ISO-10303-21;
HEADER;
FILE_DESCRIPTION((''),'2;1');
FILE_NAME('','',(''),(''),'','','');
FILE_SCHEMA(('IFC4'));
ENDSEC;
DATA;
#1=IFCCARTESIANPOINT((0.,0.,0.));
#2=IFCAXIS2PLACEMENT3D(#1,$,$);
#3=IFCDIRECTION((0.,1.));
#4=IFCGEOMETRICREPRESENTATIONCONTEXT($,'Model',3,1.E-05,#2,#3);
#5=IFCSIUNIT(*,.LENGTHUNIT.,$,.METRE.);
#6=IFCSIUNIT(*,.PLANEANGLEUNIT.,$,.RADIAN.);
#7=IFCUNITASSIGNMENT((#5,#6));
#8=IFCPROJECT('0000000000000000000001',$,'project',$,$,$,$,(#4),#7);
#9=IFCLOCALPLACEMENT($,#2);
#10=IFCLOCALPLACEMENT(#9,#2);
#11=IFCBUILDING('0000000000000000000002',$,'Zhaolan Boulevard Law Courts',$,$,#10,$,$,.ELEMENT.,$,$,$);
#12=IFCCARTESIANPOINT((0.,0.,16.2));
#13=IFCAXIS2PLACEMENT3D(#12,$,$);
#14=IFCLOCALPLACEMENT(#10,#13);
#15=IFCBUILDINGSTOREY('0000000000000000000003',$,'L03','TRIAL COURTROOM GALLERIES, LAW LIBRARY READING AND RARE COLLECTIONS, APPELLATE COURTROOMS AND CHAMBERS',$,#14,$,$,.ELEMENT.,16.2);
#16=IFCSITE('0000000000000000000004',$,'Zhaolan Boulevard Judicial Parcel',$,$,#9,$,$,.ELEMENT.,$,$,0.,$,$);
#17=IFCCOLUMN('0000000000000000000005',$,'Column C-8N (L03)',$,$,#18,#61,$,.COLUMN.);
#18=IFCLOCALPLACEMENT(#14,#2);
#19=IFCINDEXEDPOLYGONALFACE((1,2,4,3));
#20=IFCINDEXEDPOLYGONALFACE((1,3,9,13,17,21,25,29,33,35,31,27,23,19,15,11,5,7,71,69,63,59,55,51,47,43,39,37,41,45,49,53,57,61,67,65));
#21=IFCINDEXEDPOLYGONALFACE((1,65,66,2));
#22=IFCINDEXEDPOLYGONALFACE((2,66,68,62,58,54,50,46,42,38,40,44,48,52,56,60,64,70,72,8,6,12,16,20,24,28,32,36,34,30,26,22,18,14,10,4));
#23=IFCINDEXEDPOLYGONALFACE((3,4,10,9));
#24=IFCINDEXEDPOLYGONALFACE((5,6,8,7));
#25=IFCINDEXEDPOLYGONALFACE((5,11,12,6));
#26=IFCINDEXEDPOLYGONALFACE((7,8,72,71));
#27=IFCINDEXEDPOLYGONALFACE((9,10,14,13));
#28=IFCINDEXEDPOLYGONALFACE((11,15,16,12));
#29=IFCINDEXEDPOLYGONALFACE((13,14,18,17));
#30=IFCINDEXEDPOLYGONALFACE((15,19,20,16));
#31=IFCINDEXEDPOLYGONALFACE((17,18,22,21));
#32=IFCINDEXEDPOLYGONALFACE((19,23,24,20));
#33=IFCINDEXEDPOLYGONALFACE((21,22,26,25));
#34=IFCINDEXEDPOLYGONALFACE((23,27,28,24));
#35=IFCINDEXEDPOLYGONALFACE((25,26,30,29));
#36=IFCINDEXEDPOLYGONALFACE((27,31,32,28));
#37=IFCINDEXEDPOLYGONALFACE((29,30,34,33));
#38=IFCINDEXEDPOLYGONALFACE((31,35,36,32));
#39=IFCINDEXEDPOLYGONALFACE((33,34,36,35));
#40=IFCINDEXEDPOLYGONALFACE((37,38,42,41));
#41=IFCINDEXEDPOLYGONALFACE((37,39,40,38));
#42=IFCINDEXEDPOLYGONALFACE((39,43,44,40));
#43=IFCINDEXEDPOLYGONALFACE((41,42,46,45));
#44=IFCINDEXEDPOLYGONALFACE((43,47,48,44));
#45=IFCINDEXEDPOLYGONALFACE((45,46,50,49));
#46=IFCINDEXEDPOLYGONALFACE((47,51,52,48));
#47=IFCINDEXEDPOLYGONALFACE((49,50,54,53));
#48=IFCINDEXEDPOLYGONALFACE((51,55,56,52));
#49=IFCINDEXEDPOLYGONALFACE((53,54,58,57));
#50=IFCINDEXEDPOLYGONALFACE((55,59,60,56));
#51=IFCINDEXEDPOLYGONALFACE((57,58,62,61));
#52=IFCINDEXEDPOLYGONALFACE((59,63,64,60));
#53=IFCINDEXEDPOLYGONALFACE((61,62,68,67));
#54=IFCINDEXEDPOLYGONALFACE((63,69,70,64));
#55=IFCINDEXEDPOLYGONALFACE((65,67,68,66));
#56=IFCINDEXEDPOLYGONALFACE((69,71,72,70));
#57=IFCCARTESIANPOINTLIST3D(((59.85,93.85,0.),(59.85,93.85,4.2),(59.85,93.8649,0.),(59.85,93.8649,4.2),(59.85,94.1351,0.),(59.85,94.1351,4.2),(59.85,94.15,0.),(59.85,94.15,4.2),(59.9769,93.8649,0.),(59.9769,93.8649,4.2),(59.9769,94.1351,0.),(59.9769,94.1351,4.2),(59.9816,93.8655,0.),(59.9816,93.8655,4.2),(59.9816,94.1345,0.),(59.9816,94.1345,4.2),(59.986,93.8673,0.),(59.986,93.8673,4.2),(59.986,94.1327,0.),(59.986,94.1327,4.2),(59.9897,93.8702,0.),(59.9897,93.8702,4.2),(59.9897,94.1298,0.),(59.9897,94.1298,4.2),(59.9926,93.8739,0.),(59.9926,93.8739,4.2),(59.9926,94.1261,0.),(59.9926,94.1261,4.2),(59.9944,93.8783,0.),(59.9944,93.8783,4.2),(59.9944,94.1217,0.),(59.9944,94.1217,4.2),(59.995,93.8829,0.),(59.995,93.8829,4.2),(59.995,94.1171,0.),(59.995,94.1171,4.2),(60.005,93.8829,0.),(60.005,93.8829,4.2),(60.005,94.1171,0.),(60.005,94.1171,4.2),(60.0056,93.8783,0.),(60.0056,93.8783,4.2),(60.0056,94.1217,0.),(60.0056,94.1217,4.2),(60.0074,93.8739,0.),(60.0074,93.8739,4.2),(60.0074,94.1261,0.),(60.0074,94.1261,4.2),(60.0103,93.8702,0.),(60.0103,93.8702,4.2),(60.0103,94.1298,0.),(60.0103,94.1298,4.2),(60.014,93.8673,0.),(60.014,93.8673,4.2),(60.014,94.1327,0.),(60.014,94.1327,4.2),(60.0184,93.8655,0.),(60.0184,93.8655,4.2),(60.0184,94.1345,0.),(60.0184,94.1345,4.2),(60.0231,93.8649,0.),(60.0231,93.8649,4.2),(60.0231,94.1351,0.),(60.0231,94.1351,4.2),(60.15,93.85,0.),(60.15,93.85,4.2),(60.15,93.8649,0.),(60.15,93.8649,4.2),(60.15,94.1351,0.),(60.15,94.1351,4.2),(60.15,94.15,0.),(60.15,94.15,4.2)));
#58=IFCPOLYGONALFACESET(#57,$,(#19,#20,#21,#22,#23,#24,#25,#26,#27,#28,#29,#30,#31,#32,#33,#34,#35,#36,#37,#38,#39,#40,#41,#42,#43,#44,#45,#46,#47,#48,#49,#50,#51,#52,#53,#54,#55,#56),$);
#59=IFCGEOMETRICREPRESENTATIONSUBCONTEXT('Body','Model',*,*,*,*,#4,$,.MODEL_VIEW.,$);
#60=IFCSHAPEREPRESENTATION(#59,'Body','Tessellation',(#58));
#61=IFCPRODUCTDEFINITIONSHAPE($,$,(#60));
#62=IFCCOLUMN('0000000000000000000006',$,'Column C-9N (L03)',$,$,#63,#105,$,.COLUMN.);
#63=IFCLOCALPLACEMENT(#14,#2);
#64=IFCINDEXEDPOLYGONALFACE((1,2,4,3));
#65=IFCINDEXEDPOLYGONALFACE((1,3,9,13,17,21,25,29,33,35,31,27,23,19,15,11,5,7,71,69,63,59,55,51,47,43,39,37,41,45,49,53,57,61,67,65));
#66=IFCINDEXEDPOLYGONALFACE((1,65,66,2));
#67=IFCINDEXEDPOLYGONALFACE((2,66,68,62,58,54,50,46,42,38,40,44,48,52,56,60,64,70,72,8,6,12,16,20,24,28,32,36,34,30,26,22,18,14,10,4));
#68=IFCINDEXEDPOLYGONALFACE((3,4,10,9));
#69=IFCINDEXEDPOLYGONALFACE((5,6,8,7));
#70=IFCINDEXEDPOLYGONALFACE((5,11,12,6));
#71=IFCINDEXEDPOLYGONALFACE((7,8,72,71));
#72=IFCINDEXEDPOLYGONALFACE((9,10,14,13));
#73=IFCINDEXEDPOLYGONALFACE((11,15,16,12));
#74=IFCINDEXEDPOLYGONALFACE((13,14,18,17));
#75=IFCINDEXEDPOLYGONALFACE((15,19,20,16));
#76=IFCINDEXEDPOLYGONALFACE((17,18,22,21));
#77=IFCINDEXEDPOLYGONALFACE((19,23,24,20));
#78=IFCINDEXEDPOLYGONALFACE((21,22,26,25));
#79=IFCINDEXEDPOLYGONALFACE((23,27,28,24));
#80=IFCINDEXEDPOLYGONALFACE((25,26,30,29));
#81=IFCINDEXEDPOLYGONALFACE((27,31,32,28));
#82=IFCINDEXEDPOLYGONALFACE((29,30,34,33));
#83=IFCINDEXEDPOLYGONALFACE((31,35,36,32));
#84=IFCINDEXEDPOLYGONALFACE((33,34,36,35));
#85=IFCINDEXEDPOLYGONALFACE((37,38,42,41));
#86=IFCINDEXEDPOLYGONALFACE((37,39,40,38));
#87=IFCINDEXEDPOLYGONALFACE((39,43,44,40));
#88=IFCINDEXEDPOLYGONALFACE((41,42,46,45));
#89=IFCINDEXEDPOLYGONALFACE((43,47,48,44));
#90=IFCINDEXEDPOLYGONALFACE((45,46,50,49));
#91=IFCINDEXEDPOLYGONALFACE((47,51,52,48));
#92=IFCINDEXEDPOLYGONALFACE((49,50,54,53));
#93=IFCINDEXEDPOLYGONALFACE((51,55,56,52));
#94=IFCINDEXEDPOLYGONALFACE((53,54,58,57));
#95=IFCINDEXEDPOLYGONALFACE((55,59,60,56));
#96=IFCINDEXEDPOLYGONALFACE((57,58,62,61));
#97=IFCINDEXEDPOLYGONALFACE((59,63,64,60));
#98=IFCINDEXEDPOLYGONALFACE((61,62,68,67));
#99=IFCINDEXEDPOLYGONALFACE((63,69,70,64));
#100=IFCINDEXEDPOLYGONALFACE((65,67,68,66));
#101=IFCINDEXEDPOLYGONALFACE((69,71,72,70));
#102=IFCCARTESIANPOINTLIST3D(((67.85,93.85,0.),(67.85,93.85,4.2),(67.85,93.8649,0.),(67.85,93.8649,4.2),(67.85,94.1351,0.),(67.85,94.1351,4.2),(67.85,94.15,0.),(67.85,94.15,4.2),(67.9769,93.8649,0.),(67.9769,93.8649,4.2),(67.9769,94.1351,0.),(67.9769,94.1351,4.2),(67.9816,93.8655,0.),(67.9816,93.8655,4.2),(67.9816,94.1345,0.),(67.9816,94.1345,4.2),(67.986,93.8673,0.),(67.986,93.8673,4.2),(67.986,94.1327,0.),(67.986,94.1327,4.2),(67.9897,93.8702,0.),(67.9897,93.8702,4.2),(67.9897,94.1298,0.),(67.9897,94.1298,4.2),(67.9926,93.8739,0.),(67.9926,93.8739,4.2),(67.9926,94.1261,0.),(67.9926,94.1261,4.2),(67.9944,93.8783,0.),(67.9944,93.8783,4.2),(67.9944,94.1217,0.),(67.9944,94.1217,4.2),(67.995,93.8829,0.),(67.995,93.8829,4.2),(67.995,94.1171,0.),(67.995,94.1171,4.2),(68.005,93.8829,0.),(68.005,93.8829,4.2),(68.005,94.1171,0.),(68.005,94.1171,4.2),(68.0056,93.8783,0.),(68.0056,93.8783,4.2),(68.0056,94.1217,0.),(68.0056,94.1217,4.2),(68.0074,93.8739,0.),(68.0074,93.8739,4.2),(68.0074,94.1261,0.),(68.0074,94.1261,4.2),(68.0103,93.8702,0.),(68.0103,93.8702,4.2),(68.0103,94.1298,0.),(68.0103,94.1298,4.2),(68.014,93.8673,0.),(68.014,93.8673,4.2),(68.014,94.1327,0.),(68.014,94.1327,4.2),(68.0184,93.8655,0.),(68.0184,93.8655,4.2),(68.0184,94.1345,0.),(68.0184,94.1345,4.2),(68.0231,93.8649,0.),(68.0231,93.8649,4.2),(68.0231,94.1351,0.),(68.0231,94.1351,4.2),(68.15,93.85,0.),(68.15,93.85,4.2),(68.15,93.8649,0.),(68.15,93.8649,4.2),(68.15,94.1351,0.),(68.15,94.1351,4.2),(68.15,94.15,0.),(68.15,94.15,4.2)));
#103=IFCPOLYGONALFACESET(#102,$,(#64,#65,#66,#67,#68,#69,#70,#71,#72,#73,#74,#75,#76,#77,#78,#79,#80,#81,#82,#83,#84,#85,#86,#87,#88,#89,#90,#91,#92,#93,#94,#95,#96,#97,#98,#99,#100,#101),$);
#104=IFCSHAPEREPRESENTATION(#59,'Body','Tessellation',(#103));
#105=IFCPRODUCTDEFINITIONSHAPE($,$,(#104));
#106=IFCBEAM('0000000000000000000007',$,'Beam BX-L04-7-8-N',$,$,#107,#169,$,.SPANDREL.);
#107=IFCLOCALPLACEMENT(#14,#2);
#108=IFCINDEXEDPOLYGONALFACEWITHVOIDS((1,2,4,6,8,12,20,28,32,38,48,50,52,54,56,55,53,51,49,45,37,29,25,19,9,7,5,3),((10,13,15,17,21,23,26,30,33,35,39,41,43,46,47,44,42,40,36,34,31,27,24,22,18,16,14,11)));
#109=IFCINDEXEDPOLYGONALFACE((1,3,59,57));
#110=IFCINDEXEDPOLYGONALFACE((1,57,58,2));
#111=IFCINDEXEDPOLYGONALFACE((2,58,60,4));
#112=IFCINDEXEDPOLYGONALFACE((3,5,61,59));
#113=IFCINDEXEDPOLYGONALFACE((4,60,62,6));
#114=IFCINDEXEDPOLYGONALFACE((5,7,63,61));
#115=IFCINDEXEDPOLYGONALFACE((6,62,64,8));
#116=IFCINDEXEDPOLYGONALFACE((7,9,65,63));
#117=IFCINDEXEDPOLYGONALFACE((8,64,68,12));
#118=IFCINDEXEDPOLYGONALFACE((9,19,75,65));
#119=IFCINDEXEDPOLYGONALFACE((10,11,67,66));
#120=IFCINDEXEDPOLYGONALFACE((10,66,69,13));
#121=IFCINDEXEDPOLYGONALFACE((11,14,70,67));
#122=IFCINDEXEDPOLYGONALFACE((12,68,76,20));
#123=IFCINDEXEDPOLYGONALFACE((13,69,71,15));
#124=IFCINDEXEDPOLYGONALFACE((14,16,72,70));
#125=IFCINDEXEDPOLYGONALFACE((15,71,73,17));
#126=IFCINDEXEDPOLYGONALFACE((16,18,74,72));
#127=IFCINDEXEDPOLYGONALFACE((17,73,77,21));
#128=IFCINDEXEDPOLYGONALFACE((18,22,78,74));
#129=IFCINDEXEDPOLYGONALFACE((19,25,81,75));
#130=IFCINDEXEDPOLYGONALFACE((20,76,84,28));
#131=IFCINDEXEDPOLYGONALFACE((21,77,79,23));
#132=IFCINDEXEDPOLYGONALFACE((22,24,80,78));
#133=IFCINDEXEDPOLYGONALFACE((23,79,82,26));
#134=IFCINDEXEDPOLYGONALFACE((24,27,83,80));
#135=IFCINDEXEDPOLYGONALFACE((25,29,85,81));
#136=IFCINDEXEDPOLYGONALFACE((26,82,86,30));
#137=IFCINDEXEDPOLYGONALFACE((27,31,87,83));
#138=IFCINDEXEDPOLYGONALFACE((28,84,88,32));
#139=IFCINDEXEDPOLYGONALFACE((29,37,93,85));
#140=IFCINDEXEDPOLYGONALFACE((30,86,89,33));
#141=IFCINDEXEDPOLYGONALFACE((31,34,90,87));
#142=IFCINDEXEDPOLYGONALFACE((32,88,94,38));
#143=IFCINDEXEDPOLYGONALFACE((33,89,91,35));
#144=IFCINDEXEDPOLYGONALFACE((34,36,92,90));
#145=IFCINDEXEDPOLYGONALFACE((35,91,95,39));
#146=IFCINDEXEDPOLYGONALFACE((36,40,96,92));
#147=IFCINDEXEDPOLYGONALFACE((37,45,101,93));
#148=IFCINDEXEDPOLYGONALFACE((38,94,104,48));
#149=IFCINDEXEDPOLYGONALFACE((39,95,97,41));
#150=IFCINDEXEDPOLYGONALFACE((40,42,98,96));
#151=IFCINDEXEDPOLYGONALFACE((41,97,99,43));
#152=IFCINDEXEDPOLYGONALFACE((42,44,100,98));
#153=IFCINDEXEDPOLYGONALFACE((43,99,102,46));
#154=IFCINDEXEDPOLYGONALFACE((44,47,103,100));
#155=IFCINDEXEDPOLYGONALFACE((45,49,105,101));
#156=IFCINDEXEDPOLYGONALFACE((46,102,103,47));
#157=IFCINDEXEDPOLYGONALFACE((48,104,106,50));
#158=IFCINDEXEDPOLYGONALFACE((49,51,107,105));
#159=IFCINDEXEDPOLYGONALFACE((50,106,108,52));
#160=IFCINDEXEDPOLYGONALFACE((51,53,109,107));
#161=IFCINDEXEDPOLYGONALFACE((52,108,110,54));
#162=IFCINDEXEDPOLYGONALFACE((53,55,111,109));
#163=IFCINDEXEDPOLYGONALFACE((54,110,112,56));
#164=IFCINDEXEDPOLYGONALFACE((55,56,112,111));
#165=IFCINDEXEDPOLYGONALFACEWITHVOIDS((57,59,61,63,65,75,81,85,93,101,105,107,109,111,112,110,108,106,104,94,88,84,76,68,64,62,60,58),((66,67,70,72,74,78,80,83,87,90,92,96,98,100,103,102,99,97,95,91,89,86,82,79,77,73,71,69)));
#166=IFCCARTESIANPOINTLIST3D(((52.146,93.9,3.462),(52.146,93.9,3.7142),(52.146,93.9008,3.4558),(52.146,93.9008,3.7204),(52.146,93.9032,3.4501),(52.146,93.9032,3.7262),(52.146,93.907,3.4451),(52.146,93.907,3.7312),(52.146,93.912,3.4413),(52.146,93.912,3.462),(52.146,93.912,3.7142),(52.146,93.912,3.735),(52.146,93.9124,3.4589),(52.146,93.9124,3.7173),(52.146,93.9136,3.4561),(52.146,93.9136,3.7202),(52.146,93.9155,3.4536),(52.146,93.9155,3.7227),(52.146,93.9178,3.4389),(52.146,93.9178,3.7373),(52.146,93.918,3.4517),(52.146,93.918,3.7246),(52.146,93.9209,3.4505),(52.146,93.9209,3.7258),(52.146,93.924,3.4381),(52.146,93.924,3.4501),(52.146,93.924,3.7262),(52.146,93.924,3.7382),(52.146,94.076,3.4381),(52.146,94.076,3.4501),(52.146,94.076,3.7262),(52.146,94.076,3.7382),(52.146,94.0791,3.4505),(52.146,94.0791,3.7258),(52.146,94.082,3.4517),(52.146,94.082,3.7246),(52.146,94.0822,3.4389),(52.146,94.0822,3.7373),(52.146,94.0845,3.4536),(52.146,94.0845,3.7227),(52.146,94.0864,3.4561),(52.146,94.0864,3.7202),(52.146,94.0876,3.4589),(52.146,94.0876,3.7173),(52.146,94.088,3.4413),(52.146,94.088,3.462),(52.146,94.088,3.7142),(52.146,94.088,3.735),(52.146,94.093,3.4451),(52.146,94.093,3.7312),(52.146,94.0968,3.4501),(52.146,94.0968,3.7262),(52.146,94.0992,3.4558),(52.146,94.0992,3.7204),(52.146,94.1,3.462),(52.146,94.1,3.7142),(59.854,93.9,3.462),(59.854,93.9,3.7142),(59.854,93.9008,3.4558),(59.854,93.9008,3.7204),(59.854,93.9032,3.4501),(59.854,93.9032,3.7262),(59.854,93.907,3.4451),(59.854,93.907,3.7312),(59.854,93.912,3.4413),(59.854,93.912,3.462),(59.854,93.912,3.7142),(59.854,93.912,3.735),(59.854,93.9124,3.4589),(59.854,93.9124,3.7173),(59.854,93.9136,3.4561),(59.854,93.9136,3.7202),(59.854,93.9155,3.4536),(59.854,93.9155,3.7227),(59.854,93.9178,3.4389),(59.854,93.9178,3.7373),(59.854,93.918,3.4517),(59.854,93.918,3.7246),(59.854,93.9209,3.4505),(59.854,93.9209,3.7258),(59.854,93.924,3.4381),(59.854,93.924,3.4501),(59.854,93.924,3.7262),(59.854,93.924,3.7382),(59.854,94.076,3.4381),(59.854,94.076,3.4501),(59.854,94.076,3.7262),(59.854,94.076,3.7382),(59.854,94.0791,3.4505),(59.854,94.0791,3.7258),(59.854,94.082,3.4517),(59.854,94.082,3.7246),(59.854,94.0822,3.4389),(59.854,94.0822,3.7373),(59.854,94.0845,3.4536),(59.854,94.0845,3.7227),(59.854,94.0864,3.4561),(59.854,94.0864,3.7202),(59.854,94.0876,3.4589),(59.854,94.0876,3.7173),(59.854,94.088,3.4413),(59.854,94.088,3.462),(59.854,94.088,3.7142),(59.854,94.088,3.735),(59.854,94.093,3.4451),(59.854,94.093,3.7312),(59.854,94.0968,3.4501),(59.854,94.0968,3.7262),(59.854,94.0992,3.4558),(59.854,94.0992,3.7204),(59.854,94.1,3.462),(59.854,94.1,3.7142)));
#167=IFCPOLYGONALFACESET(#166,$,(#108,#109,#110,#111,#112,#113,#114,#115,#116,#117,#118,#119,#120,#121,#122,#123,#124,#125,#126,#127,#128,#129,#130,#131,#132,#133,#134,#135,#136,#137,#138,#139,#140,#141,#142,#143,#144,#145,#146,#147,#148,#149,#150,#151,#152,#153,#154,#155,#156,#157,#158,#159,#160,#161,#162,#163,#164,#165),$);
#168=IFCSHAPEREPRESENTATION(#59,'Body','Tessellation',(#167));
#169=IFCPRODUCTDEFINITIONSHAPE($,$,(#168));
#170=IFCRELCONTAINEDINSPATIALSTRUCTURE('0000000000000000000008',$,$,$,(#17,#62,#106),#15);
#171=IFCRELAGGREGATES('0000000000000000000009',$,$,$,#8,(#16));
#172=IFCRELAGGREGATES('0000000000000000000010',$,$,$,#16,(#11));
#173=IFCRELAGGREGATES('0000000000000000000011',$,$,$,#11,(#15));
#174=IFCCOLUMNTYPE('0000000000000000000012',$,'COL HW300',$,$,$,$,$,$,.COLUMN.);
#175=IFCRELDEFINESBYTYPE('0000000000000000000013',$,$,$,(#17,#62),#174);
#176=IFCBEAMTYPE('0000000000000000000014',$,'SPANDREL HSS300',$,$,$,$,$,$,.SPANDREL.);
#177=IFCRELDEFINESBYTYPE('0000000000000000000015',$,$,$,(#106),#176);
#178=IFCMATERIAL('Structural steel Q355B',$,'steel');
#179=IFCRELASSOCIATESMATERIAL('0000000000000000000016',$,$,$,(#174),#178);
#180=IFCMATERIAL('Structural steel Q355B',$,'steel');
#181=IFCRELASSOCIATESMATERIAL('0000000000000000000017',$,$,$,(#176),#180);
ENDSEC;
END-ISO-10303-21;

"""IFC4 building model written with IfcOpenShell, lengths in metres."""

from ifc_helpers import new_model, si_unit, direction, frame, origin, origin_2d, place, context, subcontext, project, spatial, hollow_rectangle, i_section, extrude, material, material_profile, profile_set, type_object, element, save


model = new_model("IFC4")

# Units and contexts
model_context = context("Model", 3, precision=1e-05, world=origin(), true_north=direction((0.0, 1.0)))
body_context = subcontext(model_context, "Body", "Model", "MODEL_VIEW")
ifc_project = project(units=[si_unit("LENGTHUNIT", "METRE"), si_unit("PLANEANGLEUNIT", "RADIAN")], contexts=[model_context])

# Site, building, storey
site_placement = place(None, origin())
site = spatial("IfcSite", under=ifc_project, at=site_placement, Name="Zhaolan Boulevard Judicial Parcel", CompositionType="ELEMENT", RefElevation=0.0)
building_placement = place(site_placement, origin())
building = spatial("IfcBuilding", under=site, at=building_placement, Name="Zhaolan Boulevard Law Courts", CompositionType="ELEMENT")
storey_placement = place(building_placement, frame((0.0, 0.0, 16.2)))
storey = spatial("IfcBuildingStorey", under=building, at=storey_placement, Name="L03", Description="TRIAL COURTROOM GALLERIES, LAW LIBRARY READING AND RARE COLLECTIONS, APPELLATE COURTROOMS AND CHAMBERS", CompositionType="ELEMENT", Elevation=16.2)

# Columns
ifc_material_1 = material(Name="Structural steel Q355B", Category="steel")
ifc_material_profile_1 = material_profile(ifc_material_1, i_section(OverallWidth=0.3, OverallDepth=0.3, WebThickness=0.01, FlangeThickness=0.0149, FilletRadius=0.0181, at=origin_2d()), Name="HW300x300")
ifc_profile_set_1 = profile_set([ifc_material_profile_1], Name="Structural steel Q355B")
column_type = type_object("IfcColumnType", Name="COL HW300", PredefinedType="COLUMN", material=ifc_profile_set_1)
for number, where, z_axis, x_axis, name in (
    (1, (60.0, 94.0, 0.0), (0.0, 0.0, 1.0), (1.0, 0.0, 0.0), "Column C-8N (L03)"),
    (2, (68.0, 94.0, 0.0), (0.0, 0.0, 1.0), (1.0, 0.0, 0.0), "Column C-9N (L03)"),
):
    element("IfcColumn", number, at=place(storey_placement, frame(where, z_axis=z_axis, x_axis=x_axis)), inside=storey, type_object=column_type, Name=name, PredefinedType="COLUMN", context=body_context, shape_type="SweptSolid", body=[
        extrude(i_section(OverallWidth=0.3, OverallDepth=0.3, WebThickness=0.01, FlangeThickness=0.0149, FilletRadius=0.0181, at=origin_2d()), origin(), (0.0, 0.0, 1.0), 4.2),
    ])

# Beam
ifc_material_2 = material(Name="Structural steel Q355B", Category="steel")
ifc_material_profile_2 = material_profile(ifc_material_2, hollow_rectangle(XDim=0.2, YDim=0.3, WallThickness=0.012, InnerFilletRadius=0.012, OuterFilletRadius=0.0239, at=origin_2d()), Name="HSS300x200x12")
ifc_profile_set_2 = profile_set([ifc_material_profile_2], Name="Structural steel Q355B")
beam_type = type_object("IfcBeamType", Name="SPANDREL HSS300", PredefinedType="SPANDREL", material=ifc_profile_set_2)
for number, where, z_axis, x_axis, name in (
    (3, (52.146, 94.0, 3.5881), (1.0, 0.0, 0.0), (0.0, 1.0, 0.0), "Beam BX-L04-7-8-N"),
):
    element("IfcBeam", number, at=place(storey_placement, frame(where, z_axis=z_axis, x_axis=x_axis)), inside=storey, type_object=beam_type, Name=name, PredefinedType="SPANDREL", context=body_context, shape_type="SweptSolid", body=[
        extrude(hollow_rectangle(XDim=0.2, YDim=0.3, WallThickness=0.012, InnerFilletRadius=0.012, OuterFilletRadius=0.0239, at=origin_2d()), origin(), (0.0, 0.0, 1.0), 7.708),
    ])

save(model, "model.ifc")
